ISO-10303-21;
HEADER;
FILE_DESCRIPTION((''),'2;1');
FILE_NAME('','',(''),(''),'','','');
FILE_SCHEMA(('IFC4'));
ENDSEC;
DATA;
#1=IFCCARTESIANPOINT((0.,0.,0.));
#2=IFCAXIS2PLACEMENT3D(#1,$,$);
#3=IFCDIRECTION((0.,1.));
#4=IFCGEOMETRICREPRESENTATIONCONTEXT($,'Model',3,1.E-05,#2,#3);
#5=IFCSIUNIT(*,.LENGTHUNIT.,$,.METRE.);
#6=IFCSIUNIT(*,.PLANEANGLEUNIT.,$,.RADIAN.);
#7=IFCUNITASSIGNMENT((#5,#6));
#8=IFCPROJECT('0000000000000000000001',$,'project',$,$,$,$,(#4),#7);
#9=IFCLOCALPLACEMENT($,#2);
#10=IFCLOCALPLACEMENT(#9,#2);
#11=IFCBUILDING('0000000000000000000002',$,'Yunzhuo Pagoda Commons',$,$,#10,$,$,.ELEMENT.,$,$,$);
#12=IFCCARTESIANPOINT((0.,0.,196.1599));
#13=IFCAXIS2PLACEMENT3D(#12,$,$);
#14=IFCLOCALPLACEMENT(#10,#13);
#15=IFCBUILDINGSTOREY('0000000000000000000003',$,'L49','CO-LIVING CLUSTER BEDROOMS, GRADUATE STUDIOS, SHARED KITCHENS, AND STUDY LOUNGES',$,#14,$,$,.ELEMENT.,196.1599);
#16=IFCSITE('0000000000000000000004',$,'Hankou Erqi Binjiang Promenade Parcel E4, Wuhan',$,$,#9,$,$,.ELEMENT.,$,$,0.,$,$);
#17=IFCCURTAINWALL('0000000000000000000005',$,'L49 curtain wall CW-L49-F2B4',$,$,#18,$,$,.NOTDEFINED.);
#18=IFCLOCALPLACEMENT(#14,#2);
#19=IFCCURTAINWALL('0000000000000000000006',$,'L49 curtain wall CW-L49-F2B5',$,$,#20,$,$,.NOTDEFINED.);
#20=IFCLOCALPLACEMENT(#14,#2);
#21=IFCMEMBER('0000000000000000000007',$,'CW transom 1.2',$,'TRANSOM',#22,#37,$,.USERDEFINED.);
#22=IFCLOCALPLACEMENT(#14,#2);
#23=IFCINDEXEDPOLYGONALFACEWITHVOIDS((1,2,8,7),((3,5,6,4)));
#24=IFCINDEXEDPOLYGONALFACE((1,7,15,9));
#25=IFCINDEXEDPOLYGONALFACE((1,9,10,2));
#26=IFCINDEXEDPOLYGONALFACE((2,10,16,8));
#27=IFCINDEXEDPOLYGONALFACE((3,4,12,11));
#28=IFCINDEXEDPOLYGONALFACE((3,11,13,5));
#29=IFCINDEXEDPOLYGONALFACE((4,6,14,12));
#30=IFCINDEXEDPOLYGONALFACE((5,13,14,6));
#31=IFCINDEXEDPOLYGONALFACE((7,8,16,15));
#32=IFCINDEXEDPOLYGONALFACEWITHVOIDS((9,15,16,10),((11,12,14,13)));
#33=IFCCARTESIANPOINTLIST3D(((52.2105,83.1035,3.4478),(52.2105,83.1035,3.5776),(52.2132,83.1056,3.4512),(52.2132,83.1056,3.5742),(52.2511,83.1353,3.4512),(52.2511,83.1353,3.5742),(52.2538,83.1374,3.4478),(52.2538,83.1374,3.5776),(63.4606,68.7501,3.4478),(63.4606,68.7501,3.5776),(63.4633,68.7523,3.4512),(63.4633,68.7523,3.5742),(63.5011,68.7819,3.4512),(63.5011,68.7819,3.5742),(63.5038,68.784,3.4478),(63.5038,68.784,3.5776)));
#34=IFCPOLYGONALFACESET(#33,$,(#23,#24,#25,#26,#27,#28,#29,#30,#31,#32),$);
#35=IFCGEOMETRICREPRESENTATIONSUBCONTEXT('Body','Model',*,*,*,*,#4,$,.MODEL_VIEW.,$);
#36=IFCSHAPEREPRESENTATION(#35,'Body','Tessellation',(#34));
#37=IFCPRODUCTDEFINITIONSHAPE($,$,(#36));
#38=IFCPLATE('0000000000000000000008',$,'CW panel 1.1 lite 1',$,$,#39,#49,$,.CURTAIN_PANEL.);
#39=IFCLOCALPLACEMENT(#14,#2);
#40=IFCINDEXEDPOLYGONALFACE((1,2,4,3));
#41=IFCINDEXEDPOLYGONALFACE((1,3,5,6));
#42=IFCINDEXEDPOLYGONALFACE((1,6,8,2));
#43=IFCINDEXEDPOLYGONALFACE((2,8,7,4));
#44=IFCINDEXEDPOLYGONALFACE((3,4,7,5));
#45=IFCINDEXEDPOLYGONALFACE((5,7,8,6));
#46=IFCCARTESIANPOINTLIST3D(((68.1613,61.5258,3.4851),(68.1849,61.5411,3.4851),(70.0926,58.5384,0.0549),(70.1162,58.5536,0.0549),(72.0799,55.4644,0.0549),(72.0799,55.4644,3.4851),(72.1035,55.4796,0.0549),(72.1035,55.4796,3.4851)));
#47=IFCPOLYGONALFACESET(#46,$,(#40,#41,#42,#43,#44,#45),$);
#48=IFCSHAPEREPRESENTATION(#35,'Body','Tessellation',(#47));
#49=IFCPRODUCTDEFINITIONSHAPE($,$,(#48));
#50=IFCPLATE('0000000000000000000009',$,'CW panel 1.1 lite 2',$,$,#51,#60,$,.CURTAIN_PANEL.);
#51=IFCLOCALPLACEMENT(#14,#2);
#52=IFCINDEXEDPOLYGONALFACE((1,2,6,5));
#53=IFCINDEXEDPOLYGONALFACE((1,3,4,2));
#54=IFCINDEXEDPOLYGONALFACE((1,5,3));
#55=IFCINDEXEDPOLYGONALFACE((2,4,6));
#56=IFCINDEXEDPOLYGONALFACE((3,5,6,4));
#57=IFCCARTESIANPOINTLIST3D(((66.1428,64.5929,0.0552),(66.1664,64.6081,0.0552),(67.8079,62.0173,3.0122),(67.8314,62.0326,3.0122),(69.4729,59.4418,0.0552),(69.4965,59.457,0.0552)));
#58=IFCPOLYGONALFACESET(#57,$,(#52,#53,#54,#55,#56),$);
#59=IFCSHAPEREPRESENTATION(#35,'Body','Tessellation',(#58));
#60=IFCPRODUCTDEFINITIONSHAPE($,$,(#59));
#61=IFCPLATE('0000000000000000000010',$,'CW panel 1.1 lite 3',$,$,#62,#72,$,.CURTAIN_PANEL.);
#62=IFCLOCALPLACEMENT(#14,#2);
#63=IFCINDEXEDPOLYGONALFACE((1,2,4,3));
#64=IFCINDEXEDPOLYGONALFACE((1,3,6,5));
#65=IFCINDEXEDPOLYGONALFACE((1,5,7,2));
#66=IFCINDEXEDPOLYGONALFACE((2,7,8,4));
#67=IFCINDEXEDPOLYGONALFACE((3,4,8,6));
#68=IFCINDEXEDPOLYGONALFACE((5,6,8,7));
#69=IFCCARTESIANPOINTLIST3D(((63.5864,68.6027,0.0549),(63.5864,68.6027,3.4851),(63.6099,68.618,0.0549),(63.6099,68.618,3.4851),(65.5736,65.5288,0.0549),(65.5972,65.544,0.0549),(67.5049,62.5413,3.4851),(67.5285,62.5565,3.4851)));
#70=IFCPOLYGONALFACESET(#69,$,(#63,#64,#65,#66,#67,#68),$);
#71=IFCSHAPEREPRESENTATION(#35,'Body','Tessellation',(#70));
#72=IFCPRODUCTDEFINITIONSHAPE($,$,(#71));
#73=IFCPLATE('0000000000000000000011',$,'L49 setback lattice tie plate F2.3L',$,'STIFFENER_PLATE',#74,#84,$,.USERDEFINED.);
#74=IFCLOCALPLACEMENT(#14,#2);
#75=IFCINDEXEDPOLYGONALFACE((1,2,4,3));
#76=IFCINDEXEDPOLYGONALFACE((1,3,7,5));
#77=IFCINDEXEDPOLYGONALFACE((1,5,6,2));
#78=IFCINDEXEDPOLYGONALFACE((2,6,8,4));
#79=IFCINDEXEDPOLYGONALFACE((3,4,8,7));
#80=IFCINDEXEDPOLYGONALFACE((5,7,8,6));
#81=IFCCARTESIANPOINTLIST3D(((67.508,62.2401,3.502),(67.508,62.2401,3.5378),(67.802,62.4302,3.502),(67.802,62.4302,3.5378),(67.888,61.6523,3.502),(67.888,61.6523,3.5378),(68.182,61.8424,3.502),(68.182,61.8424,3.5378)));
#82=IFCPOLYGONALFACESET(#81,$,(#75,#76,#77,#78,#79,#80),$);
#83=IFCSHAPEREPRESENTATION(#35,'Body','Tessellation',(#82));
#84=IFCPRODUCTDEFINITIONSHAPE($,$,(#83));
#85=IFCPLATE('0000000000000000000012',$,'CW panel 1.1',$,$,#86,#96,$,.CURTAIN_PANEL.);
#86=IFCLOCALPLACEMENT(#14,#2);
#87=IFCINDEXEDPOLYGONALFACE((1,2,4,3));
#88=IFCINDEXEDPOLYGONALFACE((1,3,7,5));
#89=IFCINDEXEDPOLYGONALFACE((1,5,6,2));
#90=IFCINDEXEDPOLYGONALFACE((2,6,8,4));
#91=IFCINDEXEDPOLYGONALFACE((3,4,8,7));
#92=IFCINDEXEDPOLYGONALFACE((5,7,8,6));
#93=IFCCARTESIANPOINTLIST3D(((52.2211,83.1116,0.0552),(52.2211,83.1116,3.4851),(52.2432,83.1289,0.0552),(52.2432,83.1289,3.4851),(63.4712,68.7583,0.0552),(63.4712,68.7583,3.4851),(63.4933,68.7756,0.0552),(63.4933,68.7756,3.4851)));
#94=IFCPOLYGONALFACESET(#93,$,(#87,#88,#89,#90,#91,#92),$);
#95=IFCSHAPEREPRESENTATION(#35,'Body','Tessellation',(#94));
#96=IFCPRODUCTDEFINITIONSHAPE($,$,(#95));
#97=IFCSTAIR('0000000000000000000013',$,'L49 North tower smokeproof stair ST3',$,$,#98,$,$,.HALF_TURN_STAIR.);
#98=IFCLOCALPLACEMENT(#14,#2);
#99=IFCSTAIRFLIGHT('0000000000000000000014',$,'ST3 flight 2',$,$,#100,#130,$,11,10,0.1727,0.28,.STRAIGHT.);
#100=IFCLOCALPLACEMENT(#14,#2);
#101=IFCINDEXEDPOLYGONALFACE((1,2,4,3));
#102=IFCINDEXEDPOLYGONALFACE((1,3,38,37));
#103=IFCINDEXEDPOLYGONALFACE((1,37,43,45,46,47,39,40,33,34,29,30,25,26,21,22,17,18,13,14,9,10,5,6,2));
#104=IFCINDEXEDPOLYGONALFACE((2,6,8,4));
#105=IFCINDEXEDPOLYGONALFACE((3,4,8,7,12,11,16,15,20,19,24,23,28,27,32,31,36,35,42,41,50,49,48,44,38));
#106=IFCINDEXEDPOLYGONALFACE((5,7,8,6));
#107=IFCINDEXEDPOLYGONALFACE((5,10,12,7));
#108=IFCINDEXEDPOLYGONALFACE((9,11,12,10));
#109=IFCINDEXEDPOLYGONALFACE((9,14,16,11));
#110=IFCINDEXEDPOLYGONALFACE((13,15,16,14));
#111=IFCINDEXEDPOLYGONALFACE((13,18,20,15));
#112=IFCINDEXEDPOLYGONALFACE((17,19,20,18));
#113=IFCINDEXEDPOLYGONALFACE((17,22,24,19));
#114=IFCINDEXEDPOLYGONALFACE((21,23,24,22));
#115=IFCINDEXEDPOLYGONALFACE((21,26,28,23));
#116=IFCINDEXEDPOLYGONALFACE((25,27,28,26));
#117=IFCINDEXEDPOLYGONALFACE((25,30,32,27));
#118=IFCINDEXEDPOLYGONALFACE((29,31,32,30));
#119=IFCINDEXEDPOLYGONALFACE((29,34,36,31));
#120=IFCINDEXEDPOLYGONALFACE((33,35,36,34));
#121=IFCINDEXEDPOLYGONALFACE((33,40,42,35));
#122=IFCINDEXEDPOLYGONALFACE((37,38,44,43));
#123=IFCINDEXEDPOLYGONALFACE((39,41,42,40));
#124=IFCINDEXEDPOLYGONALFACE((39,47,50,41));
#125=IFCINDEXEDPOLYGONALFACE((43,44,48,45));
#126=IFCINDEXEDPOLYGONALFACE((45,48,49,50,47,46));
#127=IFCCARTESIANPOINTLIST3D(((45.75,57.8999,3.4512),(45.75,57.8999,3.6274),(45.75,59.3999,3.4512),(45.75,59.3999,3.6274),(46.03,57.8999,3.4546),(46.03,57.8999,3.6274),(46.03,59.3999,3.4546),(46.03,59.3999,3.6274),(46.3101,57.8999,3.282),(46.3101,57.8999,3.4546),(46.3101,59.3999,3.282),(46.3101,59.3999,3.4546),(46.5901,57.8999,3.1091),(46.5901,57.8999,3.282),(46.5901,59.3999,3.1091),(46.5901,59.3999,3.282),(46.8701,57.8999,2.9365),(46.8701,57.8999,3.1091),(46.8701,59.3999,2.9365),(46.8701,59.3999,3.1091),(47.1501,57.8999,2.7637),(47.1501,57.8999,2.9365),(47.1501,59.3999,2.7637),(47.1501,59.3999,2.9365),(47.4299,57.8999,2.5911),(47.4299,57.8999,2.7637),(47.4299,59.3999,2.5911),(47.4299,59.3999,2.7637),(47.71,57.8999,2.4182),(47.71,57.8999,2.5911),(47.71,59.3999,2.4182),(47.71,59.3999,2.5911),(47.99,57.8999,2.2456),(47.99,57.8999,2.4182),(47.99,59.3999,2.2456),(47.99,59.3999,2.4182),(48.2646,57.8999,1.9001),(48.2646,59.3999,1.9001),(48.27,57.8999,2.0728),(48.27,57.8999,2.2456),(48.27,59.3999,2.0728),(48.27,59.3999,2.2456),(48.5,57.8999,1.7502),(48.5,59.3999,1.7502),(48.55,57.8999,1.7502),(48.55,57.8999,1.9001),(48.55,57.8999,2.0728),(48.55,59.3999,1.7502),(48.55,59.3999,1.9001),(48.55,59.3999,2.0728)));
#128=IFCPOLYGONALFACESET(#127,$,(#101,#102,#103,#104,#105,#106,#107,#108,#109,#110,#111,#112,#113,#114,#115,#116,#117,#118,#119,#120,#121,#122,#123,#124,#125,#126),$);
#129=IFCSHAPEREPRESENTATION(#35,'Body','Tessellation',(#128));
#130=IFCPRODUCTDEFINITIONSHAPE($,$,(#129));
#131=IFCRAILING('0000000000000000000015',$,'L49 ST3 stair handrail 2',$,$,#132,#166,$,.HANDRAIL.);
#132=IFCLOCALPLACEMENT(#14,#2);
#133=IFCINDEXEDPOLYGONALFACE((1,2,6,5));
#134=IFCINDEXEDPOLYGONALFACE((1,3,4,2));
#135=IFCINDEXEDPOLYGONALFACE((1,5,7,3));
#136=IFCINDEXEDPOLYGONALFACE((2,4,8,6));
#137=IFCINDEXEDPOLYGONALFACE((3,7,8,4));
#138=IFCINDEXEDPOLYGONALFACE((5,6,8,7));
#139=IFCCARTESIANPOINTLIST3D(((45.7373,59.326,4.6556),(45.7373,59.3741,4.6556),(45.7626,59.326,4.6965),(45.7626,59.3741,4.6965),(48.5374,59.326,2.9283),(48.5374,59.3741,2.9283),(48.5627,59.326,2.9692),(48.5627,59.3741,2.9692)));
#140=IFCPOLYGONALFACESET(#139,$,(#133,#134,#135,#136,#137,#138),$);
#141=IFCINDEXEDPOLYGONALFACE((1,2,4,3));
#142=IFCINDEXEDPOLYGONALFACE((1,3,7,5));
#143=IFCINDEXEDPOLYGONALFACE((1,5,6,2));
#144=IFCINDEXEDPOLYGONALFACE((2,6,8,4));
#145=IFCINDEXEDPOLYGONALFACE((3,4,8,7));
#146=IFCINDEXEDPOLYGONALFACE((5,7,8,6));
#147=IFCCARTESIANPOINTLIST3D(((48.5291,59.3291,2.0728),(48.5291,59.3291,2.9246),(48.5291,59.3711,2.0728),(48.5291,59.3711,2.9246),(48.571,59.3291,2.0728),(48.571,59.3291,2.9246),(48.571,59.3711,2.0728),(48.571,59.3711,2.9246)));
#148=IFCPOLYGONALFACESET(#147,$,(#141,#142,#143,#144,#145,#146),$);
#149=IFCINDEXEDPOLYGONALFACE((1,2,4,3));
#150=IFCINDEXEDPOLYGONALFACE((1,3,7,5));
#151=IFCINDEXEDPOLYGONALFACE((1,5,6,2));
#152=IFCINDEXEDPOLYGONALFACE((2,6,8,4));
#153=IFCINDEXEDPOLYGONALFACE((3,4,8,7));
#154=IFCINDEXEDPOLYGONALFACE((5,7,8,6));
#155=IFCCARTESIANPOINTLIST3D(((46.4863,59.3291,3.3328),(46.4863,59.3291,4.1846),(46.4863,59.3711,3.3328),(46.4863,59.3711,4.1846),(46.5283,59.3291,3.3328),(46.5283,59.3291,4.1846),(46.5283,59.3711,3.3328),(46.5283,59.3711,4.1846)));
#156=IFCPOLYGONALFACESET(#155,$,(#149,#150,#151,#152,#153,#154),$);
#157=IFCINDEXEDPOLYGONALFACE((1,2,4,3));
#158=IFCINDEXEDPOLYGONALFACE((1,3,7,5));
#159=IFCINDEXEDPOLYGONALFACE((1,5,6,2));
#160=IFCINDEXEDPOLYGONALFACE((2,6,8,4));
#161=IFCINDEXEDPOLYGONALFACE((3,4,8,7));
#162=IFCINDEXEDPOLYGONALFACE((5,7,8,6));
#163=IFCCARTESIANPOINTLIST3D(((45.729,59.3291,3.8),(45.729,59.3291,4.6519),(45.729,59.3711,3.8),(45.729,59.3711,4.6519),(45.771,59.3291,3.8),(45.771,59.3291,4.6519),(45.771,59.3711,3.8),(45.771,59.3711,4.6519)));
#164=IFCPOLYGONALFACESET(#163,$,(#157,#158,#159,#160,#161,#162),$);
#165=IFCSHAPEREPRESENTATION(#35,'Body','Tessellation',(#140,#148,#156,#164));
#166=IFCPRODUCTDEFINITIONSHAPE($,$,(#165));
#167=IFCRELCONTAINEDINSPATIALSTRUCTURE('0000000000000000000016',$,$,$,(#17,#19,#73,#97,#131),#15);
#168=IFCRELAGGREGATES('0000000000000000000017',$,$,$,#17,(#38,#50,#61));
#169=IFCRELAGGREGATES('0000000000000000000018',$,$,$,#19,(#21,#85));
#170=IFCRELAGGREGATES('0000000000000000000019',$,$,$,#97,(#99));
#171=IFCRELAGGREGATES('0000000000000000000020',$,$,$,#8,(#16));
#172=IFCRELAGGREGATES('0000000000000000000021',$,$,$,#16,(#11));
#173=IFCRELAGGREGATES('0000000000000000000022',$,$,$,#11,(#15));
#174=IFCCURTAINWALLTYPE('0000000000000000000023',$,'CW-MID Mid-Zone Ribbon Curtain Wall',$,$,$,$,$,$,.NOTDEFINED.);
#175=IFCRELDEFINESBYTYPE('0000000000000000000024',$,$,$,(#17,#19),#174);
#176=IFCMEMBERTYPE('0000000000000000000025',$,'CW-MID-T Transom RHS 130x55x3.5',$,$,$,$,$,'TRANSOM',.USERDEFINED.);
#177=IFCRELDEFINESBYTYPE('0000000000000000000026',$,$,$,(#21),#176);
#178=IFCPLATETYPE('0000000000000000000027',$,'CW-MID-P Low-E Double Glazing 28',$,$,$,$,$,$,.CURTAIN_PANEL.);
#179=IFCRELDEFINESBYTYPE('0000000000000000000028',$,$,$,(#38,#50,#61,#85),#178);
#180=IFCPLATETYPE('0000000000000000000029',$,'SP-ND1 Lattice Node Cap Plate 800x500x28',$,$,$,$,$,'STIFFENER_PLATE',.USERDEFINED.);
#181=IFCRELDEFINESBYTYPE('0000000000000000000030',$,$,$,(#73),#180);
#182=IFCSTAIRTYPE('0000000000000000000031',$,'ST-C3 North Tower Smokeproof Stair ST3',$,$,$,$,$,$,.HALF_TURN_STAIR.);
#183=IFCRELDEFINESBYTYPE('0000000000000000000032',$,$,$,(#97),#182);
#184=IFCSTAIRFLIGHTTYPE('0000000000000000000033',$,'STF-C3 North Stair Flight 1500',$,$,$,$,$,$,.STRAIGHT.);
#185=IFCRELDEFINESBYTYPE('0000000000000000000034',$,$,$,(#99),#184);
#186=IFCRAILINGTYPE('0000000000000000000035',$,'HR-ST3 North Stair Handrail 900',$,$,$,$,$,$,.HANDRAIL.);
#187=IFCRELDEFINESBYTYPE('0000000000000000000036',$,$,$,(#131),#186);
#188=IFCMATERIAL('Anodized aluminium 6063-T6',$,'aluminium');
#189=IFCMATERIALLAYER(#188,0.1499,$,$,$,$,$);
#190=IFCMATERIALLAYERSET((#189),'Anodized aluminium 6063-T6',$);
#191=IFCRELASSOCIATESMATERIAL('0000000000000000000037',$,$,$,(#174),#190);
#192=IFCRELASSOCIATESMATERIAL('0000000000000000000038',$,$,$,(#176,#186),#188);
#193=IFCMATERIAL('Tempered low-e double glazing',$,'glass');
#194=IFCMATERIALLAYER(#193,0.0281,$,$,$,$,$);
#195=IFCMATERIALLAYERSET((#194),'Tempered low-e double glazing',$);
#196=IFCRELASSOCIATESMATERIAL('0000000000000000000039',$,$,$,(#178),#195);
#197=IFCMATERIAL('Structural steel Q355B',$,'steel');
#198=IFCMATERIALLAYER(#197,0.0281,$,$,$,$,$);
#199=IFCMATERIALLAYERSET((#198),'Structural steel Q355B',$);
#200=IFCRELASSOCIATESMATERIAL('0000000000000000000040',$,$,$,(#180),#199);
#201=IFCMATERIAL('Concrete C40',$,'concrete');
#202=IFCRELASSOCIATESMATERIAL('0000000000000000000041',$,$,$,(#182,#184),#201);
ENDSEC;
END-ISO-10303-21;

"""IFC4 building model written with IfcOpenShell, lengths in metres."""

from ifc_helpers import new_model, si_unit, direction, frame, origin, origin_2d, place, context, subcontext, project, spatial, polyline, rectangle, hollow_rectangle, outline, extrude, source, transform, mapped, material, layer, layer_set, material_profile, profile_set, type_object, element, aggregate, save


model = new_model("IFC4")

# Units and contexts
model_context = context("Model", 3, precision=1e-05, world=origin(), true_north=direction((0.0, 1.0)))
body_context = subcontext(model_context, "Body", "Model", "MODEL_VIEW")
ifc_project = project(units=[si_unit("LENGTHUNIT", "METRE"), si_unit("PLANEANGLEUNIT", "RADIAN")], contexts=[model_context])

# Site, building, storey
site_placement = place(None, origin())
site = spatial("IfcSite", under=ifc_project, at=site_placement, Name="Hankou Erqi Binjiang Promenade Parcel E4, Wuhan", CompositionType="ELEMENT", RefElevation=0.0)
building_placement = place(site_placement, origin())
building = spatial("IfcBuilding", under=site, at=building_placement, Name="Yunzhuo Pagoda Commons", CompositionType="ELEMENT")
storey_placement = place(building_placement, frame((0.0, 0.0, 196.1599)))
storey = spatial("IfcBuildingStorey", under=building, at=storey_placement, Name="L49", Description="CO-LIVING CLUSTER BEDROOMS, GRADUATE STUDIOS, SHARED KITCHENS, AND STUDY LOUNGES", CompositionType="ELEMENT", Elevation=196.1599)

# Shared definitions
ifc_material_1 = material(Name="Structural steel Q355B", Category="steel")

# Curtain wall
ifc_material_2 = material(Name="Anodized aluminium 6063-T6", Category="aluminium")
ifc_layer_1 = layer(ifc_material_2, 0.1499)
ifc_layer_set_1 = layer_set([ifc_layer_1], Name="Anodized aluminium 6063-T6")
curtain_wall_type = type_object("IfcCurtainWallType", Name="CW-MID Mid-Zone Ribbon Curtain Wall", PredefinedType="NOTDEFINED", material=ifc_layer_set_1)
curtain_wall_1_placement = place(storey_placement, origin())
curtain_wall_1 = element("IfcCurtainWall", 1, at=curtain_wall_1_placement, inside=storey, type_object=curtain_wall_type, Name="L49 curtain wall CW-L49-F2B4", PredefinedType="NOTDEFINED")

# Curtain wall, member
curtain_wall_2_placement = place(storey_placement, origin())
curtain_wall_2 = element("IfcCurtainWall", 2, at=curtain_wall_2_placement, inside=storey, type_object=curtain_wall_type, Name="L49 curtain wall CW-L49-F2B5", PredefinedType="NOTDEFINED")
ifc_material_profile_1 = material_profile(ifc_material_2, hollow_rectangle(XDim=0.0549, YDim=0.1299, WallThickness=0.0034, at=origin_2d()), Name="Anodized aluminium 6063-T6")
ifc_profile_set_1 = profile_set([ifc_material_profile_1], Name="Anodized aluminium 6063-T6")
member_type_1 = type_object("IfcMemberType", Name="CW-MID-T Transom RHS 130x55x3.5", ElementType="TRANSOM", PredefinedType="USERDEFINED", material=ifc_profile_set_1)
shared_shape_1 = source(origin(), body_context, "Body", "SweptSolid", [
    extrude(hollow_rectangle(XDim=0.0549, YDim=0.1299, WallThickness=0.0034, at=origin_2d()), origin(), (0.0, 0.0, 1.0), 18.2368),
])
member_1_placement = place(storey_placement, frame((63.4822, 68.7671, 3.5127), z_axis=(-0.616886, 0.787052, 0.0), x_axis=(-0.787052, -0.616886, 0.0)))
member_1 = element("IfcMember", 3, at=member_1_placement, type_object=member_type_1, Name="CW transom 1.2", ObjectType="TRANSOM", PredefinedType="USERDEFINED", context=body_context, shape_type="MappedRepresentation", body=[
    mapped(shared_shape_1, transform((0.0, 0.0, 0.0), scale=1.0)),
])

# Plates
ifc_material_3 = material(Name="Tempered low-e double glazing", Category="glass")
ifc_layer_2 = layer(ifc_material_3, 0.0281)
ifc_layer_set_2 = layer_set([ifc_layer_2], Name="Tempered low-e double glazing")
plate_type_1 = type_object("IfcPlateType", Name="CW-MID-P Low-E Double Glazing 28", PredefinedType="CURTAIN_PANEL", material=ifc_layer_set_2)
plate_1_placement = place(storey_placement, frame((70.1206, 58.4951, 1.77), z_axis=(0.839794, 0.542905, 0.0), x_axis=(-0.542905, 0.839794, 0.0)))
plate_1 = element("IfcPlate", 4, at=plate_1_placement, type_object=plate_type_1, Name="CW panel 1.1 lite 1", PredefinedType="CURTAIN_PANEL", context=body_context, shape_type="SweptSolid", body=[
    extrude(outline(polyline([(-3.6089, -1.7151), (0.0515, -1.7151), (3.6089, 1.7151), (-3.6089, 1.7151), (-3.6089, -1.7151)])), origin(), (0.0, 0.0, 1.0), 0.0281),
])
plate_2_placement = place(storey_placement, frame((67.8079, 62.0173, 1.5337), z_axis=(0.839794, 0.542905, 0.0), x_axis=(-0.542905, 0.839794, 0.0)))
plate_2 = element("IfcPlate", 5, at=plate_2_placement, type_object=plate_type_1, Name="CW panel 1.1 lite 2", PredefinedType="CURTAIN_PANEL", context=body_context, shape_type="SweptSolid", body=[
    extrude(outline(polyline([(-3.0669, -1.4785), (3.0669, -1.4785), (0.0, 1.4785), (-3.0669, -1.4785)])), origin(), (0.0, 0.0, 1.0), 0.0281),
])
plate_3_placement = place(storey_placement, frame((65.5457, 65.572, 1.77), z_axis=(0.839794, 0.542905, 0.0), x_axis=(-0.542905, 0.839794, 0.0)))
plate_3 = element("IfcPlate", 6, at=plate_3_placement, type_object=plate_type_1, Name="CW panel 1.1 lite 3", PredefinedType="CURTAIN_PANEL", context=body_context, shape_type="SweptSolid", body=[
    extrude(outline(polyline([(-3.6089, 1.7151), (-0.0515, -1.7151), (3.6089, -1.7151), (3.6089, 1.7151), (-3.6089, 1.7151)])), origin(), (0.0, 0.0, 1.0), 0.0281),
])
aggregate(curtain_wall_1, [plate_1, plate_2, plate_3])
ifc_layer_3 = layer(ifc_material_1, 0.0281)
ifc_layer_set_3 = layer_set([ifc_layer_3], Name="Structural steel Q355B")
plate_type_2 = type_object("IfcPlateType", Name="SP-ND1 Lattice Node Cap Plate 800x500x28", ElementType="STIFFENER_PLATE", PredefinedType="USERDEFINED", material=ifc_layer_set_3)
shared_shape_2 = source(origin(), body_context, "Body", "SweptSolid", [
    extrude(rectangle(XDim=0.7, YDim=0.3501, at=origin_2d()), origin(), (0.0, 0.0, 1.0), 0.0359),
])
plate_4_placement = place(storey_placement, frame((67.845, 62.0413, 3.502), z_axis=(0.0, 0.0, 1.0), x_axis=(-0.542911, 0.83979, 0.0)))
element("IfcPlate", 7, at=plate_4_placement, inside=storey, type_object=plate_type_2, Name="L49 setback lattice tie plate F2.3L", ObjectType="STIFFENER_PLATE", PredefinedType="USERDEFINED", context=body_context, shape_type="MappedRepresentation", body=[
    mapped(shared_shape_2, transform((0.0, 0.0, 0.0), scale=1.0)),
])
shared_shape_3 = source(origin(), body_context, "Body", "SweptSolid", [
    extrude(rectangle(XDim=18.2368, YDim=0.0281, at=origin_2d()), origin(), (0.0, 0.0, 1.0), 3.4299),
])
plate_5_placement = place(storey_placement, frame((57.8572, 75.9436, 0.0552), z_axis=(0.0, 0.0, 1.0), x_axis=(-0.616889, 0.78705, 0.0)))
plate_5 = element("IfcPlate", 8, at=plate_5_placement, type_object=plate_type_1, Name="CW panel 1.1", PredefinedType="CURTAIN_PANEL", context=body_context, shape_type="MappedRepresentation", body=[
    mapped(shared_shape_3, transform((0.0, 0.0, 0.0), scale=1.0)),
])
aggregate(curtain_wall_2, [member_1, plate_5])

# Stair, stair flight
ifc_material_4 = material(Name="Concrete C40", Category="concrete")
stair_type = type_object("IfcStairType", Name="ST-C3 North Tower Smokeproof Stair ST3", PredefinedType="HALF_TURN_STAIR", material=ifc_material_4)
stair_placement = place(storey_placement, origin())
stair = element("IfcStair", 9, at=stair_placement, inside=storey, type_object=stair_type, Name="L49 North tower smokeproof stair ST3", PredefinedType="HALF_TURN_STAIR")
stair_flight_type = type_object("IfcStairFlightType", Name="STF-C3 North Stair Flight 1500", PredefinedType="STRAIGHT", material=ifc_material_4)
shared_shape_4 = source(origin(), body_context, "Body", "SweptSolid", [
    extrude(outline(polyline([(0.0, -0.1499), (0.0, 0.0), (0.0, 0.1726), (0.28, 0.1726), (0.28, 0.3455), (0.5601, 0.3455), (0.5601, 0.5181), (0.8401, 0.5181), (0.8401, 0.6909), (1.1201, 0.6909), (1.1201, 0.8635), (1.3999, 0.8635), (1.3999, 1.0364), (1.6799, 1.0364), (1.6799, 1.209), (1.96, 1.209), (1.96, 1.3818), (2.24, 1.3818), (2.24, 1.5544), (2.52, 1.5544), (2.52, 1.7273), (2.8, 1.7273), (2.8, 1.8999), (2.8, 1.551), (0.2854, 0.0), (0.05, -0.1499), (0.0, -0.1499)])), frame((0.0, 0.75, 0.0), z_axis=(0.0, -1.0, 0.0), x_axis=(1.0, 0.0, 0.0)), (0.0, 0.0, 1.0), 1.5),
])
stair_flight_placement = place(storey_placement, frame((48.55, 58.6499, 1.9001), z_axis=(0.0, 0.0, 1.0), x_axis=(-1.0, 0.0, 0.0)))
stair_flight = element("IfcStairFlight", 10, at=stair_flight_placement, type_object=stair_flight_type, Name="ST3 flight 2", NumberOfRisers=11, NumberOfTreads=10, PredefinedType="STRAIGHT", RiserHeight=0.1727, TreadLength=0.28, context=body_context, shape_type="MappedRepresentation", body=[
    mapped(shared_shape_4, transform((0.0, 0.0, 0.0), scale=1.0)),
])
aggregate(stair, [stair_flight])

# Railing
railing_type_1 = type_object("IfcRailingType", Name="HR-ST3 North Stair Handrail 900", PredefinedType="HANDRAIL", material=ifc_material_2)
railing_1_placement = place(storey_placement, frame((48.55, 59.3501, 2.0728)))
element("IfcRailing", 11, at=railing_1_placement, inside=storey, type_object=railing_type_1, Name="L49 ST3 stair handrail 2", PredefinedType="HANDRAIL", context=body_context, shape_type="SweptSolid", body=[
    extrude(rectangle(XDim=0.0481, YDim=0.0481, at=origin_2d()), frame((0.0, 0.0, 0.876), z_axis=(-0.85109, 0.0, 0.52502), x_axis=(0.0, -1.0, 0.0)), (0.0, 0.0, 1.0), 3.29),
    extrude(rectangle(XDim=0.042, YDim=0.042, at=origin_2d()), origin(), (0.0, 0.0, 1.0), 0.8518),
    extrude(rectangle(XDim=0.042, YDim=0.042, at=origin_2d()), frame((-2.0427, 0.0, 1.26)), (0.0, 0.0, 1.0), 0.8518),
    extrude(rectangle(XDim=0.042, YDim=0.042, at=origin_2d()), frame((-2.8, 0.0, 1.7273)), (0.0, 0.0, 1.0), 0.8518),
])

save(model, "model.ifc")
